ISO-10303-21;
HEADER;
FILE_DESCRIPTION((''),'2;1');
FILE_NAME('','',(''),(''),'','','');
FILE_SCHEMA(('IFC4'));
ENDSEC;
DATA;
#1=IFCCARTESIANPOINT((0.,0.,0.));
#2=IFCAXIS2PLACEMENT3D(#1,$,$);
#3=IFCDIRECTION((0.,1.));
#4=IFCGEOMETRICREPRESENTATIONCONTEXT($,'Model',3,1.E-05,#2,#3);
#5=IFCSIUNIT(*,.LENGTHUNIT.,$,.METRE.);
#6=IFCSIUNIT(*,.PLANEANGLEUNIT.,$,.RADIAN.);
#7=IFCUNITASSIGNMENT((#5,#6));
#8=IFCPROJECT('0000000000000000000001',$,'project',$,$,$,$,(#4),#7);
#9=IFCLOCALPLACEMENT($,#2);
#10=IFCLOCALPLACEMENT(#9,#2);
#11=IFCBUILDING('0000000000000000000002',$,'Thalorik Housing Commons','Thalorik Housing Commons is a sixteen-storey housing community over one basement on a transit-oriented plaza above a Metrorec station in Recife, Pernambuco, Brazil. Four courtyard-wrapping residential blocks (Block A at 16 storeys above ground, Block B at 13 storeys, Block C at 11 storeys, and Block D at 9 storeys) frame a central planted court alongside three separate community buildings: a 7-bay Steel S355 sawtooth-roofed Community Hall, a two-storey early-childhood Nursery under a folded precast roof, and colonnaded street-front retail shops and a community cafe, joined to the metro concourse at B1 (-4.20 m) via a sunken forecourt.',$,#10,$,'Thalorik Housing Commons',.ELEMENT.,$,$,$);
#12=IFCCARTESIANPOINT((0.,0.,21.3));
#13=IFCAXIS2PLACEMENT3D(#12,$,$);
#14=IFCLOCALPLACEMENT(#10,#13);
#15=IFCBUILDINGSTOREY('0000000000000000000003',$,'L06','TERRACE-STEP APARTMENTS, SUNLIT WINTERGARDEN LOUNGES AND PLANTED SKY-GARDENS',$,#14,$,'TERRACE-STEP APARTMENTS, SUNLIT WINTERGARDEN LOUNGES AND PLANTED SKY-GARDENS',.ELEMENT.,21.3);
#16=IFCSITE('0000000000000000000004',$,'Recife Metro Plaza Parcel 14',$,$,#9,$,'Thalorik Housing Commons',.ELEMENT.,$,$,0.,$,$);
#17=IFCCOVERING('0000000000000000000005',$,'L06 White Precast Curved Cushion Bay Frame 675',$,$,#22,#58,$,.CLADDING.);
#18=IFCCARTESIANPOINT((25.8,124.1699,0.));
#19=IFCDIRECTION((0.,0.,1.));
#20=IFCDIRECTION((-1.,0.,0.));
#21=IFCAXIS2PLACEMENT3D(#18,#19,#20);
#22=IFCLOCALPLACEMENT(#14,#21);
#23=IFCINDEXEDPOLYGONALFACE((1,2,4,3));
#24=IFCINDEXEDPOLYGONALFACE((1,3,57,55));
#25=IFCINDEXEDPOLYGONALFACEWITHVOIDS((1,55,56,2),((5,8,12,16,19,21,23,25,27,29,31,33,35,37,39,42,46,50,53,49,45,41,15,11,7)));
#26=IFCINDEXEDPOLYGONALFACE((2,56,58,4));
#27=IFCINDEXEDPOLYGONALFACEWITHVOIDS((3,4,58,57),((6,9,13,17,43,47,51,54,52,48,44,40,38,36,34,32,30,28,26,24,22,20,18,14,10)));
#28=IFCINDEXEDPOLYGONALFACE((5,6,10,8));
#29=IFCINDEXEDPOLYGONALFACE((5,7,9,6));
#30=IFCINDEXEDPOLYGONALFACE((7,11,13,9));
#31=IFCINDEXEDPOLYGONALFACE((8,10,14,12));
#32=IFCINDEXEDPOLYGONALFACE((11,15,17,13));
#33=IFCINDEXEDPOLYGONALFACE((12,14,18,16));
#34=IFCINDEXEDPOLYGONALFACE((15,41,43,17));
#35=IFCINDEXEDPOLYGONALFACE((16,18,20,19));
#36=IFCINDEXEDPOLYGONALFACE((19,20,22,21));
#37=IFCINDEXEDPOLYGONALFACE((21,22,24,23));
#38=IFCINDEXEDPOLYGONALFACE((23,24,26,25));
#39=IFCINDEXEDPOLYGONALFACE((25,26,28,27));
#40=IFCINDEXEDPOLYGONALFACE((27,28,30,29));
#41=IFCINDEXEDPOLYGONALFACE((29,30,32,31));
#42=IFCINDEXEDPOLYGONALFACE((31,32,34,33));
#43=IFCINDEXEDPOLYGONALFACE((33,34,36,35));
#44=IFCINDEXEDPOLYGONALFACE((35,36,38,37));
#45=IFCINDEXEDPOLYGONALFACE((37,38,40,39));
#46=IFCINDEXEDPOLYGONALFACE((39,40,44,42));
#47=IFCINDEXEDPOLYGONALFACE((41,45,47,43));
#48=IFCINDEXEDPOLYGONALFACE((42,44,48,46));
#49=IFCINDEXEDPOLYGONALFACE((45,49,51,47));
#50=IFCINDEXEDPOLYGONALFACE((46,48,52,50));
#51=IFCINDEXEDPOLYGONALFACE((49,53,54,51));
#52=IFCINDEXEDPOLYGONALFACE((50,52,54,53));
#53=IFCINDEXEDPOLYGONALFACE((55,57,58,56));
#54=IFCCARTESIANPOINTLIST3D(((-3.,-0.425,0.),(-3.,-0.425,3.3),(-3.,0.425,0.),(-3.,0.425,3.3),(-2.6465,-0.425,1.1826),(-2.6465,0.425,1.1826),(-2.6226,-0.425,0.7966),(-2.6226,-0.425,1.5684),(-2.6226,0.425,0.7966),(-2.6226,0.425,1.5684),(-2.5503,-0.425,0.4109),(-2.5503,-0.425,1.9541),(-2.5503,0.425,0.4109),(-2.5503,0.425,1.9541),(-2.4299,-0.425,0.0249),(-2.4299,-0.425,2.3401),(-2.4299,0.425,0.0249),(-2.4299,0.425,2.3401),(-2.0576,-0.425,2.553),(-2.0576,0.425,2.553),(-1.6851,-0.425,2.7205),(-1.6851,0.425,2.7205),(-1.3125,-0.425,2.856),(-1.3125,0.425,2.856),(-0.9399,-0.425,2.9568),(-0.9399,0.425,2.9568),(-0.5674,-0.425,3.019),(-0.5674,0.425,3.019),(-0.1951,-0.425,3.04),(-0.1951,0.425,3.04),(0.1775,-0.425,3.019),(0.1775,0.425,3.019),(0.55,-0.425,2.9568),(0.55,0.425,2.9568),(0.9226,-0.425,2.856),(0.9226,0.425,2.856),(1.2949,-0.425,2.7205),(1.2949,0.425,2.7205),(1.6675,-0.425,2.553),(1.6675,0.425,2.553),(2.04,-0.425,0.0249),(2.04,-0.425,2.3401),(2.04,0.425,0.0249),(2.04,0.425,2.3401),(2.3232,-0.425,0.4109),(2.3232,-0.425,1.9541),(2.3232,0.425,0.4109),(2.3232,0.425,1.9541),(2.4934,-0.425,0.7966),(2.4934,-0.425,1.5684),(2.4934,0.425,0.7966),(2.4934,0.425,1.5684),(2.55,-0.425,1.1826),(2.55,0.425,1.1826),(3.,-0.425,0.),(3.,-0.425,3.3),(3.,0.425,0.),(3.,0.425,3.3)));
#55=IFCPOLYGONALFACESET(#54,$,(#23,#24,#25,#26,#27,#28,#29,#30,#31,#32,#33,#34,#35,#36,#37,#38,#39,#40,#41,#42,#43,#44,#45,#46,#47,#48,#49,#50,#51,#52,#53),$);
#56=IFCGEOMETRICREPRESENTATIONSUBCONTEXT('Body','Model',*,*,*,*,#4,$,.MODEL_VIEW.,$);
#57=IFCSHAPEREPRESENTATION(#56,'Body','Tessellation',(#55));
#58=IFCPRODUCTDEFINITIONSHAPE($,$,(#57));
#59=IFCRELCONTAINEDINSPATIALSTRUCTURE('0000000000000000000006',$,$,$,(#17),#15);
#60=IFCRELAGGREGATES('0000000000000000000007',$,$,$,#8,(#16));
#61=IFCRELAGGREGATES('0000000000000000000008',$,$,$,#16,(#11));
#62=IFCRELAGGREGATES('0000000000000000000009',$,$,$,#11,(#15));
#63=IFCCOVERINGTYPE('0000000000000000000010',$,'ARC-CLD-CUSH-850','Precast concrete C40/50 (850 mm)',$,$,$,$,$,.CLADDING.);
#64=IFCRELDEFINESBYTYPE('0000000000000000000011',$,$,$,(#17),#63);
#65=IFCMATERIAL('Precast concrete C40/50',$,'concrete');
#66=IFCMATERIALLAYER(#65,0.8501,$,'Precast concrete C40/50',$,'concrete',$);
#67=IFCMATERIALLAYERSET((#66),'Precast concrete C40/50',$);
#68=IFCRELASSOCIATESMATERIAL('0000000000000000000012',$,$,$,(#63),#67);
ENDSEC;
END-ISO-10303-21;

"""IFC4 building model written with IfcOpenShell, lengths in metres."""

from ifc_helpers import new_model, si_unit, direction, frame, origin, place, context, subcontext, project, spatial, polyline, outline, extrude, material, layer, layer_set, type_object, element, save


model = new_model("IFC4")

# Units and contexts
model_context = context("Model", 3, precision=1e-05, world=origin(), true_north=direction((0.0, 1.0)))
body_context = subcontext(model_context, "Body", "Model", "MODEL_VIEW")
ifc_project = project(units=[si_unit("LENGTHUNIT", "METRE"), si_unit("PLANEANGLEUNIT", "RADIAN")], contexts=[model_context])

# Site, building, storey
site_placement = place(None, origin())
site = spatial("IfcSite", under=ifc_project, at=site_placement, Name="Recife Metro Plaza Parcel 14", LongName="Thalorik Housing Commons", CompositionType="ELEMENT", RefElevation=0.0)
building_placement = place(site_placement, origin())
building = spatial("IfcBuilding", under=site, at=building_placement, Name="Thalorik Housing Commons", Description="Thalorik Housing Commons is a sixteen-storey housing community over one basement on a transit-oriented plaza above a Metrorec station in Recife, Pernambuco, Brazil. Four courtyard-wrapping residential blocks (Block A at 16 storeys above ground, Block B at 13 storeys, Block C at 11 storeys, and Block D at 9 storeys) frame a central planted court alongside three separate community buildings: a 7-bay Steel S355 sawtooth-roofed Community Hall, a two-storey early-childhood Nursery under a folded precast roof, and colonnaded street-front retail shops and a community cafe, joined to the metro concourse at B1 (-4.20 m) via a sunken forecourt.", LongName="Thalorik Housing Commons", CompositionType="ELEMENT")
storey_placement = place(building_placement, frame((0.0, 0.0, 21.3)))
storey = spatial("IfcBuildingStorey", under=building, at=storey_placement, Name="L06", Description="TERRACE-STEP APARTMENTS, SUNLIT WINTERGARDEN LOUNGES AND PLANTED SKY-GARDENS", LongName="TERRACE-STEP APARTMENTS, SUNLIT WINTERGARDEN LOUNGES AND PLANTED SKY-GARDENS", CompositionType="ELEMENT", Elevation=21.3)

# Shared definitions
ifc_material_1 = material(Name="Precast concrete C40/50", Category="concrete")

# Covering
ifc_layer_1 = layer(ifc_material_1, 0.8501, Name="Precast concrete C40/50", Category="concrete")
ifc_layer_set_1 = layer_set([ifc_layer_1], Name="Precast concrete C40/50")
covering_type_1 = type_object("IfcCoveringType", Name="ARC-CLD-CUSH-850", Description="Precast concrete C40/50 (850 mm)", PredefinedType="CLADDING", material=ifc_layer_set_1)
covering_1_placement = place(storey_placement, frame((25.8, 124.1699, 0.0), z_axis=(0.0, 0.0, 1.0), x_axis=(-1.0, 0.0, 0.0)))
element("IfcCovering", 1, at=covering_1_placement, inside=storey, type_object=covering_type_1, Name="L06 White Precast Curved Cushion Bay Frame 675", PredefinedType="CLADDING", context=body_context, shape_type="SweptSolid", body=[
    extrude(outline(polyline([(-3.0, 0.0), (3.0, 0.0), (3.0, 3.3), (-3.0, 3.3), (-3.0, 0.0)]), holes=[polyline([(2.04, 0.0249), (2.3232, 0.4109), (2.4934, 0.7966), (2.55, 1.1826), (2.4934, 1.5684), (2.3232, 1.9541), (2.04, 2.3401), (1.6675, 2.553), (1.2949, 2.7205), (0.9226, 2.856), (0.55, 2.9568), (0.1775, 3.019), (-0.1951, 3.04), (-0.5674, 3.019), (-0.9399, 2.9568), (-1.3125, 2.856), (-1.6851, 2.7205), (-2.0576, 2.553), (-2.4299, 2.3401), (-2.5503, 1.9541), (-2.6226, 1.5684), (-2.6465, 1.1826), (-2.6226, 0.7966), (-2.5503, 0.4109), (-2.4299, 0.0249), (2.04, 0.0249)])]), frame((0.0, 0.425, 0.0), z_axis=(0.0, -1.0, 0.0), x_axis=(1.0, 0.0, 0.0)), (0.0, 0.0, 1.0), 0.8501),
])

save(model, "model.ifc")
